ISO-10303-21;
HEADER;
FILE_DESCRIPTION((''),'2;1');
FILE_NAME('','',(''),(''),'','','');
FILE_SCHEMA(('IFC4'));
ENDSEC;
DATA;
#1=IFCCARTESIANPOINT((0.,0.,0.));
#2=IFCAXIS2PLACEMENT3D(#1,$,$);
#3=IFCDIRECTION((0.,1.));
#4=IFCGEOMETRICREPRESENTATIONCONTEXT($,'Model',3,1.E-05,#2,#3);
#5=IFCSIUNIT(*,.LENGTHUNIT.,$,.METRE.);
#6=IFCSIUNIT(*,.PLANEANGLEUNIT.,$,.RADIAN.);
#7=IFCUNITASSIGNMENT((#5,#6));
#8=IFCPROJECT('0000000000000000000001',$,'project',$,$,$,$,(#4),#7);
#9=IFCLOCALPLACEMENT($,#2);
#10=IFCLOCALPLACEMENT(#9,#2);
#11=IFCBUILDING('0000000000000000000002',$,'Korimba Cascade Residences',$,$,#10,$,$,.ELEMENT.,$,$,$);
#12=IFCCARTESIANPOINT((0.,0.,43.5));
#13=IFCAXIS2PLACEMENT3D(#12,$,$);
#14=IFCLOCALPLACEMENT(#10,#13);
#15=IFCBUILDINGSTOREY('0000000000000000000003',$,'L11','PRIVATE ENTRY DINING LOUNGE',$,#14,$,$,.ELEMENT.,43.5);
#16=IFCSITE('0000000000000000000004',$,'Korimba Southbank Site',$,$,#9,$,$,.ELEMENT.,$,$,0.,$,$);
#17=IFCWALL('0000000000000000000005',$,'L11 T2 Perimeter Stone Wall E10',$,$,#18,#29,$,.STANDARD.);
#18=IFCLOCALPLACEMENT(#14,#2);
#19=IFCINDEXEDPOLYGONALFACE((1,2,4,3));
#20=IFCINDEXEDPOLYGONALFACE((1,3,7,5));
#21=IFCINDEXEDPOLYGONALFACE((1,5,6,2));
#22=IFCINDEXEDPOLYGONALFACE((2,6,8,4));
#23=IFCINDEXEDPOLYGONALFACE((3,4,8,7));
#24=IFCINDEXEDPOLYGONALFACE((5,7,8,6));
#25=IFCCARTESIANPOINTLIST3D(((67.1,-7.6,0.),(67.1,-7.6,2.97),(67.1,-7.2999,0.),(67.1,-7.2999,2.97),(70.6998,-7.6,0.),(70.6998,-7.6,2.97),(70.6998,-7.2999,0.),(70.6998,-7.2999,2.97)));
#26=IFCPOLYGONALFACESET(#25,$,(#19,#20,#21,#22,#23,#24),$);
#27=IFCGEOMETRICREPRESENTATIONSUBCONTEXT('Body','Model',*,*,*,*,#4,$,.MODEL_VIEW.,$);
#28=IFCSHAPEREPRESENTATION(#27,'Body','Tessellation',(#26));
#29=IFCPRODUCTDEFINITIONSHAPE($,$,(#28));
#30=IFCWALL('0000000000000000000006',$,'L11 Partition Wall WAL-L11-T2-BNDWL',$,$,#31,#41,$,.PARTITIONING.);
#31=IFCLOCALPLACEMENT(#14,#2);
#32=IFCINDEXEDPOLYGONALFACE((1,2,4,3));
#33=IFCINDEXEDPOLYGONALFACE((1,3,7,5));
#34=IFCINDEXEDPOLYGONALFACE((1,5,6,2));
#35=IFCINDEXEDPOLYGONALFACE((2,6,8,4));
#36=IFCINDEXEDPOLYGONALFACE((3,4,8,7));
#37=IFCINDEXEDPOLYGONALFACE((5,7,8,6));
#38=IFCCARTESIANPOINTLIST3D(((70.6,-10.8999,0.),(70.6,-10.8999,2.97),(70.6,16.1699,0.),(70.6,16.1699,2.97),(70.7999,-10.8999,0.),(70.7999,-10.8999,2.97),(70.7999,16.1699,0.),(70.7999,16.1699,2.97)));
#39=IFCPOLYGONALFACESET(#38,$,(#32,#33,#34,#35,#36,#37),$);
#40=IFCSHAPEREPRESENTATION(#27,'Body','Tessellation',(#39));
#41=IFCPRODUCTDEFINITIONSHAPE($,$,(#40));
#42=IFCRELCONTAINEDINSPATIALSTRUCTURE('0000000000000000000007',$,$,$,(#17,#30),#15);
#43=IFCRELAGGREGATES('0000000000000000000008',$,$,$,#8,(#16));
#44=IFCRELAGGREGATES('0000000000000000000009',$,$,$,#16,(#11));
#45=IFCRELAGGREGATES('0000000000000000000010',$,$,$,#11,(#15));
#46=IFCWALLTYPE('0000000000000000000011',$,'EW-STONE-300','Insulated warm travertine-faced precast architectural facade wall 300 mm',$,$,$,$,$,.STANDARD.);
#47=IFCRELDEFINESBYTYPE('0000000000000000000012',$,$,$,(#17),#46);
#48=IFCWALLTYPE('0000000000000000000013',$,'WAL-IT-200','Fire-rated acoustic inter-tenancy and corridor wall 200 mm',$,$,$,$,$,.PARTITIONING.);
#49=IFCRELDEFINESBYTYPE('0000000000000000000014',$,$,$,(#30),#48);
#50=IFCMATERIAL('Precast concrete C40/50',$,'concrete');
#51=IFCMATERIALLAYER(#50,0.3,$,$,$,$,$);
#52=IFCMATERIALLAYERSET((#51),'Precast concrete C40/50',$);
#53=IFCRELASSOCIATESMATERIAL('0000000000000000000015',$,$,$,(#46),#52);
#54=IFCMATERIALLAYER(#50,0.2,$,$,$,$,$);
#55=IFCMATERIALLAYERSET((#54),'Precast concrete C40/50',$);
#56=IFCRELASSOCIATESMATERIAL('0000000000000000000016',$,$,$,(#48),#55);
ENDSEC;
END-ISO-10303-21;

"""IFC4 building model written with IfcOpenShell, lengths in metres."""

from ifc_helpers import new_model, si_unit, direction, frame, frame_2d, origin, place, context, subcontext, project, spatial, rectangle, extrude, material, layer, layer_set, type_object, element, save


model = new_model("IFC4")

# Units and contexts
model_context = context("Model", 3, precision=1e-05, world=origin(), true_north=direction((0.0, 1.0)))
body_context = subcontext(model_context, "Body", "Model", "MODEL_VIEW")
ifc_project = project(units=[si_unit("LENGTHUNIT", "METRE"), si_unit("PLANEANGLEUNIT", "RADIAN")], contexts=[model_context])

# Site, building, storey
site_placement = place(None, origin())
site = spatial("IfcSite", under=ifc_project, at=site_placement, Name="Korimba Southbank Site", CompositionType="ELEMENT", RefElevation=0.0)
building_placement = place(site_placement, origin())
building = spatial("IfcBuilding", under=site, at=building_placement, Name="Korimba Cascade Residences", CompositionType="ELEMENT")
storey_placement = place(building_placement, frame((0.0, 0.0, 43.5)))
storey = spatial("IfcBuildingStorey", under=building, at=storey_placement, Name="L11", Description="PRIVATE ENTRY DINING LOUNGE", CompositionType="ELEMENT", Elevation=43.5)

# Shared definitions
ifc_material_1 = material(Name="Precast concrete C40/50", Category="concrete")

# Walls
ifc_layer_1 = layer(ifc_material_1, 0.3)
ifc_layer_set_1 = layer_set([ifc_layer_1], Name="Precast concrete C40/50")
wall_type_1 = type_object("IfcWallType", Name="EW-STONE-300", Description="Insulated warm travertine-faced precast architectural facade wall 300 mm", PredefinedType="STANDARD", material=ifc_layer_set_1)
wall_1_placement = place(storey_placement, frame((67.1001, -7.45, 0.0), z_axis=(0.0, 0.0, 1.0), x_axis=(1.0, 0.0, 0.0)))
element("IfcWall", 1, at=wall_1_placement, inside=storey, type_object=wall_type_1, Name="L11 T2 Perimeter Stone Wall E10", PredefinedType="STANDARD", context=body_context, shape_type="SweptSolid", body=[
    extrude(rectangle(XDim=3.5999, YDim=0.3, at=frame_2d((1.7998, 0.0))), origin(), (0.0, 0.0, 1.0), 2.97),
])
ifc_layer_2 = layer(ifc_material_1, 0.2)
ifc_layer_set_2 = layer_set([ifc_layer_2], Name="Precast concrete C40/50")
wall_type_2 = type_object("IfcWallType", Name="WAL-IT-200", Description="Fire-rated acoustic inter-tenancy and corridor wall 200 mm", PredefinedType="PARTITIONING", material=ifc_layer_set_2)
wall_2_placement = place(storey_placement, frame((70.7, -10.8999, 0.0), z_axis=(0.0, 0.0, 1.0), x_axis=(0.0, 1.0, 0.0)))
element("IfcWall", 2, at=wall_2_placement, inside=storey, type_object=wall_type_2, Name="L11 Partition Wall WAL-L11-T2-BNDWL", PredefinedType="PARTITIONING", context=body_context, shape_type="SweptSolid", body=[
    extrude(rectangle(XDim=27.0698, YDim=0.2, at=frame_2d((13.5349, 0.0))), origin(), (0.0, 0.0, 1.0), 2.97),
])

save(model, "model.ifc")
